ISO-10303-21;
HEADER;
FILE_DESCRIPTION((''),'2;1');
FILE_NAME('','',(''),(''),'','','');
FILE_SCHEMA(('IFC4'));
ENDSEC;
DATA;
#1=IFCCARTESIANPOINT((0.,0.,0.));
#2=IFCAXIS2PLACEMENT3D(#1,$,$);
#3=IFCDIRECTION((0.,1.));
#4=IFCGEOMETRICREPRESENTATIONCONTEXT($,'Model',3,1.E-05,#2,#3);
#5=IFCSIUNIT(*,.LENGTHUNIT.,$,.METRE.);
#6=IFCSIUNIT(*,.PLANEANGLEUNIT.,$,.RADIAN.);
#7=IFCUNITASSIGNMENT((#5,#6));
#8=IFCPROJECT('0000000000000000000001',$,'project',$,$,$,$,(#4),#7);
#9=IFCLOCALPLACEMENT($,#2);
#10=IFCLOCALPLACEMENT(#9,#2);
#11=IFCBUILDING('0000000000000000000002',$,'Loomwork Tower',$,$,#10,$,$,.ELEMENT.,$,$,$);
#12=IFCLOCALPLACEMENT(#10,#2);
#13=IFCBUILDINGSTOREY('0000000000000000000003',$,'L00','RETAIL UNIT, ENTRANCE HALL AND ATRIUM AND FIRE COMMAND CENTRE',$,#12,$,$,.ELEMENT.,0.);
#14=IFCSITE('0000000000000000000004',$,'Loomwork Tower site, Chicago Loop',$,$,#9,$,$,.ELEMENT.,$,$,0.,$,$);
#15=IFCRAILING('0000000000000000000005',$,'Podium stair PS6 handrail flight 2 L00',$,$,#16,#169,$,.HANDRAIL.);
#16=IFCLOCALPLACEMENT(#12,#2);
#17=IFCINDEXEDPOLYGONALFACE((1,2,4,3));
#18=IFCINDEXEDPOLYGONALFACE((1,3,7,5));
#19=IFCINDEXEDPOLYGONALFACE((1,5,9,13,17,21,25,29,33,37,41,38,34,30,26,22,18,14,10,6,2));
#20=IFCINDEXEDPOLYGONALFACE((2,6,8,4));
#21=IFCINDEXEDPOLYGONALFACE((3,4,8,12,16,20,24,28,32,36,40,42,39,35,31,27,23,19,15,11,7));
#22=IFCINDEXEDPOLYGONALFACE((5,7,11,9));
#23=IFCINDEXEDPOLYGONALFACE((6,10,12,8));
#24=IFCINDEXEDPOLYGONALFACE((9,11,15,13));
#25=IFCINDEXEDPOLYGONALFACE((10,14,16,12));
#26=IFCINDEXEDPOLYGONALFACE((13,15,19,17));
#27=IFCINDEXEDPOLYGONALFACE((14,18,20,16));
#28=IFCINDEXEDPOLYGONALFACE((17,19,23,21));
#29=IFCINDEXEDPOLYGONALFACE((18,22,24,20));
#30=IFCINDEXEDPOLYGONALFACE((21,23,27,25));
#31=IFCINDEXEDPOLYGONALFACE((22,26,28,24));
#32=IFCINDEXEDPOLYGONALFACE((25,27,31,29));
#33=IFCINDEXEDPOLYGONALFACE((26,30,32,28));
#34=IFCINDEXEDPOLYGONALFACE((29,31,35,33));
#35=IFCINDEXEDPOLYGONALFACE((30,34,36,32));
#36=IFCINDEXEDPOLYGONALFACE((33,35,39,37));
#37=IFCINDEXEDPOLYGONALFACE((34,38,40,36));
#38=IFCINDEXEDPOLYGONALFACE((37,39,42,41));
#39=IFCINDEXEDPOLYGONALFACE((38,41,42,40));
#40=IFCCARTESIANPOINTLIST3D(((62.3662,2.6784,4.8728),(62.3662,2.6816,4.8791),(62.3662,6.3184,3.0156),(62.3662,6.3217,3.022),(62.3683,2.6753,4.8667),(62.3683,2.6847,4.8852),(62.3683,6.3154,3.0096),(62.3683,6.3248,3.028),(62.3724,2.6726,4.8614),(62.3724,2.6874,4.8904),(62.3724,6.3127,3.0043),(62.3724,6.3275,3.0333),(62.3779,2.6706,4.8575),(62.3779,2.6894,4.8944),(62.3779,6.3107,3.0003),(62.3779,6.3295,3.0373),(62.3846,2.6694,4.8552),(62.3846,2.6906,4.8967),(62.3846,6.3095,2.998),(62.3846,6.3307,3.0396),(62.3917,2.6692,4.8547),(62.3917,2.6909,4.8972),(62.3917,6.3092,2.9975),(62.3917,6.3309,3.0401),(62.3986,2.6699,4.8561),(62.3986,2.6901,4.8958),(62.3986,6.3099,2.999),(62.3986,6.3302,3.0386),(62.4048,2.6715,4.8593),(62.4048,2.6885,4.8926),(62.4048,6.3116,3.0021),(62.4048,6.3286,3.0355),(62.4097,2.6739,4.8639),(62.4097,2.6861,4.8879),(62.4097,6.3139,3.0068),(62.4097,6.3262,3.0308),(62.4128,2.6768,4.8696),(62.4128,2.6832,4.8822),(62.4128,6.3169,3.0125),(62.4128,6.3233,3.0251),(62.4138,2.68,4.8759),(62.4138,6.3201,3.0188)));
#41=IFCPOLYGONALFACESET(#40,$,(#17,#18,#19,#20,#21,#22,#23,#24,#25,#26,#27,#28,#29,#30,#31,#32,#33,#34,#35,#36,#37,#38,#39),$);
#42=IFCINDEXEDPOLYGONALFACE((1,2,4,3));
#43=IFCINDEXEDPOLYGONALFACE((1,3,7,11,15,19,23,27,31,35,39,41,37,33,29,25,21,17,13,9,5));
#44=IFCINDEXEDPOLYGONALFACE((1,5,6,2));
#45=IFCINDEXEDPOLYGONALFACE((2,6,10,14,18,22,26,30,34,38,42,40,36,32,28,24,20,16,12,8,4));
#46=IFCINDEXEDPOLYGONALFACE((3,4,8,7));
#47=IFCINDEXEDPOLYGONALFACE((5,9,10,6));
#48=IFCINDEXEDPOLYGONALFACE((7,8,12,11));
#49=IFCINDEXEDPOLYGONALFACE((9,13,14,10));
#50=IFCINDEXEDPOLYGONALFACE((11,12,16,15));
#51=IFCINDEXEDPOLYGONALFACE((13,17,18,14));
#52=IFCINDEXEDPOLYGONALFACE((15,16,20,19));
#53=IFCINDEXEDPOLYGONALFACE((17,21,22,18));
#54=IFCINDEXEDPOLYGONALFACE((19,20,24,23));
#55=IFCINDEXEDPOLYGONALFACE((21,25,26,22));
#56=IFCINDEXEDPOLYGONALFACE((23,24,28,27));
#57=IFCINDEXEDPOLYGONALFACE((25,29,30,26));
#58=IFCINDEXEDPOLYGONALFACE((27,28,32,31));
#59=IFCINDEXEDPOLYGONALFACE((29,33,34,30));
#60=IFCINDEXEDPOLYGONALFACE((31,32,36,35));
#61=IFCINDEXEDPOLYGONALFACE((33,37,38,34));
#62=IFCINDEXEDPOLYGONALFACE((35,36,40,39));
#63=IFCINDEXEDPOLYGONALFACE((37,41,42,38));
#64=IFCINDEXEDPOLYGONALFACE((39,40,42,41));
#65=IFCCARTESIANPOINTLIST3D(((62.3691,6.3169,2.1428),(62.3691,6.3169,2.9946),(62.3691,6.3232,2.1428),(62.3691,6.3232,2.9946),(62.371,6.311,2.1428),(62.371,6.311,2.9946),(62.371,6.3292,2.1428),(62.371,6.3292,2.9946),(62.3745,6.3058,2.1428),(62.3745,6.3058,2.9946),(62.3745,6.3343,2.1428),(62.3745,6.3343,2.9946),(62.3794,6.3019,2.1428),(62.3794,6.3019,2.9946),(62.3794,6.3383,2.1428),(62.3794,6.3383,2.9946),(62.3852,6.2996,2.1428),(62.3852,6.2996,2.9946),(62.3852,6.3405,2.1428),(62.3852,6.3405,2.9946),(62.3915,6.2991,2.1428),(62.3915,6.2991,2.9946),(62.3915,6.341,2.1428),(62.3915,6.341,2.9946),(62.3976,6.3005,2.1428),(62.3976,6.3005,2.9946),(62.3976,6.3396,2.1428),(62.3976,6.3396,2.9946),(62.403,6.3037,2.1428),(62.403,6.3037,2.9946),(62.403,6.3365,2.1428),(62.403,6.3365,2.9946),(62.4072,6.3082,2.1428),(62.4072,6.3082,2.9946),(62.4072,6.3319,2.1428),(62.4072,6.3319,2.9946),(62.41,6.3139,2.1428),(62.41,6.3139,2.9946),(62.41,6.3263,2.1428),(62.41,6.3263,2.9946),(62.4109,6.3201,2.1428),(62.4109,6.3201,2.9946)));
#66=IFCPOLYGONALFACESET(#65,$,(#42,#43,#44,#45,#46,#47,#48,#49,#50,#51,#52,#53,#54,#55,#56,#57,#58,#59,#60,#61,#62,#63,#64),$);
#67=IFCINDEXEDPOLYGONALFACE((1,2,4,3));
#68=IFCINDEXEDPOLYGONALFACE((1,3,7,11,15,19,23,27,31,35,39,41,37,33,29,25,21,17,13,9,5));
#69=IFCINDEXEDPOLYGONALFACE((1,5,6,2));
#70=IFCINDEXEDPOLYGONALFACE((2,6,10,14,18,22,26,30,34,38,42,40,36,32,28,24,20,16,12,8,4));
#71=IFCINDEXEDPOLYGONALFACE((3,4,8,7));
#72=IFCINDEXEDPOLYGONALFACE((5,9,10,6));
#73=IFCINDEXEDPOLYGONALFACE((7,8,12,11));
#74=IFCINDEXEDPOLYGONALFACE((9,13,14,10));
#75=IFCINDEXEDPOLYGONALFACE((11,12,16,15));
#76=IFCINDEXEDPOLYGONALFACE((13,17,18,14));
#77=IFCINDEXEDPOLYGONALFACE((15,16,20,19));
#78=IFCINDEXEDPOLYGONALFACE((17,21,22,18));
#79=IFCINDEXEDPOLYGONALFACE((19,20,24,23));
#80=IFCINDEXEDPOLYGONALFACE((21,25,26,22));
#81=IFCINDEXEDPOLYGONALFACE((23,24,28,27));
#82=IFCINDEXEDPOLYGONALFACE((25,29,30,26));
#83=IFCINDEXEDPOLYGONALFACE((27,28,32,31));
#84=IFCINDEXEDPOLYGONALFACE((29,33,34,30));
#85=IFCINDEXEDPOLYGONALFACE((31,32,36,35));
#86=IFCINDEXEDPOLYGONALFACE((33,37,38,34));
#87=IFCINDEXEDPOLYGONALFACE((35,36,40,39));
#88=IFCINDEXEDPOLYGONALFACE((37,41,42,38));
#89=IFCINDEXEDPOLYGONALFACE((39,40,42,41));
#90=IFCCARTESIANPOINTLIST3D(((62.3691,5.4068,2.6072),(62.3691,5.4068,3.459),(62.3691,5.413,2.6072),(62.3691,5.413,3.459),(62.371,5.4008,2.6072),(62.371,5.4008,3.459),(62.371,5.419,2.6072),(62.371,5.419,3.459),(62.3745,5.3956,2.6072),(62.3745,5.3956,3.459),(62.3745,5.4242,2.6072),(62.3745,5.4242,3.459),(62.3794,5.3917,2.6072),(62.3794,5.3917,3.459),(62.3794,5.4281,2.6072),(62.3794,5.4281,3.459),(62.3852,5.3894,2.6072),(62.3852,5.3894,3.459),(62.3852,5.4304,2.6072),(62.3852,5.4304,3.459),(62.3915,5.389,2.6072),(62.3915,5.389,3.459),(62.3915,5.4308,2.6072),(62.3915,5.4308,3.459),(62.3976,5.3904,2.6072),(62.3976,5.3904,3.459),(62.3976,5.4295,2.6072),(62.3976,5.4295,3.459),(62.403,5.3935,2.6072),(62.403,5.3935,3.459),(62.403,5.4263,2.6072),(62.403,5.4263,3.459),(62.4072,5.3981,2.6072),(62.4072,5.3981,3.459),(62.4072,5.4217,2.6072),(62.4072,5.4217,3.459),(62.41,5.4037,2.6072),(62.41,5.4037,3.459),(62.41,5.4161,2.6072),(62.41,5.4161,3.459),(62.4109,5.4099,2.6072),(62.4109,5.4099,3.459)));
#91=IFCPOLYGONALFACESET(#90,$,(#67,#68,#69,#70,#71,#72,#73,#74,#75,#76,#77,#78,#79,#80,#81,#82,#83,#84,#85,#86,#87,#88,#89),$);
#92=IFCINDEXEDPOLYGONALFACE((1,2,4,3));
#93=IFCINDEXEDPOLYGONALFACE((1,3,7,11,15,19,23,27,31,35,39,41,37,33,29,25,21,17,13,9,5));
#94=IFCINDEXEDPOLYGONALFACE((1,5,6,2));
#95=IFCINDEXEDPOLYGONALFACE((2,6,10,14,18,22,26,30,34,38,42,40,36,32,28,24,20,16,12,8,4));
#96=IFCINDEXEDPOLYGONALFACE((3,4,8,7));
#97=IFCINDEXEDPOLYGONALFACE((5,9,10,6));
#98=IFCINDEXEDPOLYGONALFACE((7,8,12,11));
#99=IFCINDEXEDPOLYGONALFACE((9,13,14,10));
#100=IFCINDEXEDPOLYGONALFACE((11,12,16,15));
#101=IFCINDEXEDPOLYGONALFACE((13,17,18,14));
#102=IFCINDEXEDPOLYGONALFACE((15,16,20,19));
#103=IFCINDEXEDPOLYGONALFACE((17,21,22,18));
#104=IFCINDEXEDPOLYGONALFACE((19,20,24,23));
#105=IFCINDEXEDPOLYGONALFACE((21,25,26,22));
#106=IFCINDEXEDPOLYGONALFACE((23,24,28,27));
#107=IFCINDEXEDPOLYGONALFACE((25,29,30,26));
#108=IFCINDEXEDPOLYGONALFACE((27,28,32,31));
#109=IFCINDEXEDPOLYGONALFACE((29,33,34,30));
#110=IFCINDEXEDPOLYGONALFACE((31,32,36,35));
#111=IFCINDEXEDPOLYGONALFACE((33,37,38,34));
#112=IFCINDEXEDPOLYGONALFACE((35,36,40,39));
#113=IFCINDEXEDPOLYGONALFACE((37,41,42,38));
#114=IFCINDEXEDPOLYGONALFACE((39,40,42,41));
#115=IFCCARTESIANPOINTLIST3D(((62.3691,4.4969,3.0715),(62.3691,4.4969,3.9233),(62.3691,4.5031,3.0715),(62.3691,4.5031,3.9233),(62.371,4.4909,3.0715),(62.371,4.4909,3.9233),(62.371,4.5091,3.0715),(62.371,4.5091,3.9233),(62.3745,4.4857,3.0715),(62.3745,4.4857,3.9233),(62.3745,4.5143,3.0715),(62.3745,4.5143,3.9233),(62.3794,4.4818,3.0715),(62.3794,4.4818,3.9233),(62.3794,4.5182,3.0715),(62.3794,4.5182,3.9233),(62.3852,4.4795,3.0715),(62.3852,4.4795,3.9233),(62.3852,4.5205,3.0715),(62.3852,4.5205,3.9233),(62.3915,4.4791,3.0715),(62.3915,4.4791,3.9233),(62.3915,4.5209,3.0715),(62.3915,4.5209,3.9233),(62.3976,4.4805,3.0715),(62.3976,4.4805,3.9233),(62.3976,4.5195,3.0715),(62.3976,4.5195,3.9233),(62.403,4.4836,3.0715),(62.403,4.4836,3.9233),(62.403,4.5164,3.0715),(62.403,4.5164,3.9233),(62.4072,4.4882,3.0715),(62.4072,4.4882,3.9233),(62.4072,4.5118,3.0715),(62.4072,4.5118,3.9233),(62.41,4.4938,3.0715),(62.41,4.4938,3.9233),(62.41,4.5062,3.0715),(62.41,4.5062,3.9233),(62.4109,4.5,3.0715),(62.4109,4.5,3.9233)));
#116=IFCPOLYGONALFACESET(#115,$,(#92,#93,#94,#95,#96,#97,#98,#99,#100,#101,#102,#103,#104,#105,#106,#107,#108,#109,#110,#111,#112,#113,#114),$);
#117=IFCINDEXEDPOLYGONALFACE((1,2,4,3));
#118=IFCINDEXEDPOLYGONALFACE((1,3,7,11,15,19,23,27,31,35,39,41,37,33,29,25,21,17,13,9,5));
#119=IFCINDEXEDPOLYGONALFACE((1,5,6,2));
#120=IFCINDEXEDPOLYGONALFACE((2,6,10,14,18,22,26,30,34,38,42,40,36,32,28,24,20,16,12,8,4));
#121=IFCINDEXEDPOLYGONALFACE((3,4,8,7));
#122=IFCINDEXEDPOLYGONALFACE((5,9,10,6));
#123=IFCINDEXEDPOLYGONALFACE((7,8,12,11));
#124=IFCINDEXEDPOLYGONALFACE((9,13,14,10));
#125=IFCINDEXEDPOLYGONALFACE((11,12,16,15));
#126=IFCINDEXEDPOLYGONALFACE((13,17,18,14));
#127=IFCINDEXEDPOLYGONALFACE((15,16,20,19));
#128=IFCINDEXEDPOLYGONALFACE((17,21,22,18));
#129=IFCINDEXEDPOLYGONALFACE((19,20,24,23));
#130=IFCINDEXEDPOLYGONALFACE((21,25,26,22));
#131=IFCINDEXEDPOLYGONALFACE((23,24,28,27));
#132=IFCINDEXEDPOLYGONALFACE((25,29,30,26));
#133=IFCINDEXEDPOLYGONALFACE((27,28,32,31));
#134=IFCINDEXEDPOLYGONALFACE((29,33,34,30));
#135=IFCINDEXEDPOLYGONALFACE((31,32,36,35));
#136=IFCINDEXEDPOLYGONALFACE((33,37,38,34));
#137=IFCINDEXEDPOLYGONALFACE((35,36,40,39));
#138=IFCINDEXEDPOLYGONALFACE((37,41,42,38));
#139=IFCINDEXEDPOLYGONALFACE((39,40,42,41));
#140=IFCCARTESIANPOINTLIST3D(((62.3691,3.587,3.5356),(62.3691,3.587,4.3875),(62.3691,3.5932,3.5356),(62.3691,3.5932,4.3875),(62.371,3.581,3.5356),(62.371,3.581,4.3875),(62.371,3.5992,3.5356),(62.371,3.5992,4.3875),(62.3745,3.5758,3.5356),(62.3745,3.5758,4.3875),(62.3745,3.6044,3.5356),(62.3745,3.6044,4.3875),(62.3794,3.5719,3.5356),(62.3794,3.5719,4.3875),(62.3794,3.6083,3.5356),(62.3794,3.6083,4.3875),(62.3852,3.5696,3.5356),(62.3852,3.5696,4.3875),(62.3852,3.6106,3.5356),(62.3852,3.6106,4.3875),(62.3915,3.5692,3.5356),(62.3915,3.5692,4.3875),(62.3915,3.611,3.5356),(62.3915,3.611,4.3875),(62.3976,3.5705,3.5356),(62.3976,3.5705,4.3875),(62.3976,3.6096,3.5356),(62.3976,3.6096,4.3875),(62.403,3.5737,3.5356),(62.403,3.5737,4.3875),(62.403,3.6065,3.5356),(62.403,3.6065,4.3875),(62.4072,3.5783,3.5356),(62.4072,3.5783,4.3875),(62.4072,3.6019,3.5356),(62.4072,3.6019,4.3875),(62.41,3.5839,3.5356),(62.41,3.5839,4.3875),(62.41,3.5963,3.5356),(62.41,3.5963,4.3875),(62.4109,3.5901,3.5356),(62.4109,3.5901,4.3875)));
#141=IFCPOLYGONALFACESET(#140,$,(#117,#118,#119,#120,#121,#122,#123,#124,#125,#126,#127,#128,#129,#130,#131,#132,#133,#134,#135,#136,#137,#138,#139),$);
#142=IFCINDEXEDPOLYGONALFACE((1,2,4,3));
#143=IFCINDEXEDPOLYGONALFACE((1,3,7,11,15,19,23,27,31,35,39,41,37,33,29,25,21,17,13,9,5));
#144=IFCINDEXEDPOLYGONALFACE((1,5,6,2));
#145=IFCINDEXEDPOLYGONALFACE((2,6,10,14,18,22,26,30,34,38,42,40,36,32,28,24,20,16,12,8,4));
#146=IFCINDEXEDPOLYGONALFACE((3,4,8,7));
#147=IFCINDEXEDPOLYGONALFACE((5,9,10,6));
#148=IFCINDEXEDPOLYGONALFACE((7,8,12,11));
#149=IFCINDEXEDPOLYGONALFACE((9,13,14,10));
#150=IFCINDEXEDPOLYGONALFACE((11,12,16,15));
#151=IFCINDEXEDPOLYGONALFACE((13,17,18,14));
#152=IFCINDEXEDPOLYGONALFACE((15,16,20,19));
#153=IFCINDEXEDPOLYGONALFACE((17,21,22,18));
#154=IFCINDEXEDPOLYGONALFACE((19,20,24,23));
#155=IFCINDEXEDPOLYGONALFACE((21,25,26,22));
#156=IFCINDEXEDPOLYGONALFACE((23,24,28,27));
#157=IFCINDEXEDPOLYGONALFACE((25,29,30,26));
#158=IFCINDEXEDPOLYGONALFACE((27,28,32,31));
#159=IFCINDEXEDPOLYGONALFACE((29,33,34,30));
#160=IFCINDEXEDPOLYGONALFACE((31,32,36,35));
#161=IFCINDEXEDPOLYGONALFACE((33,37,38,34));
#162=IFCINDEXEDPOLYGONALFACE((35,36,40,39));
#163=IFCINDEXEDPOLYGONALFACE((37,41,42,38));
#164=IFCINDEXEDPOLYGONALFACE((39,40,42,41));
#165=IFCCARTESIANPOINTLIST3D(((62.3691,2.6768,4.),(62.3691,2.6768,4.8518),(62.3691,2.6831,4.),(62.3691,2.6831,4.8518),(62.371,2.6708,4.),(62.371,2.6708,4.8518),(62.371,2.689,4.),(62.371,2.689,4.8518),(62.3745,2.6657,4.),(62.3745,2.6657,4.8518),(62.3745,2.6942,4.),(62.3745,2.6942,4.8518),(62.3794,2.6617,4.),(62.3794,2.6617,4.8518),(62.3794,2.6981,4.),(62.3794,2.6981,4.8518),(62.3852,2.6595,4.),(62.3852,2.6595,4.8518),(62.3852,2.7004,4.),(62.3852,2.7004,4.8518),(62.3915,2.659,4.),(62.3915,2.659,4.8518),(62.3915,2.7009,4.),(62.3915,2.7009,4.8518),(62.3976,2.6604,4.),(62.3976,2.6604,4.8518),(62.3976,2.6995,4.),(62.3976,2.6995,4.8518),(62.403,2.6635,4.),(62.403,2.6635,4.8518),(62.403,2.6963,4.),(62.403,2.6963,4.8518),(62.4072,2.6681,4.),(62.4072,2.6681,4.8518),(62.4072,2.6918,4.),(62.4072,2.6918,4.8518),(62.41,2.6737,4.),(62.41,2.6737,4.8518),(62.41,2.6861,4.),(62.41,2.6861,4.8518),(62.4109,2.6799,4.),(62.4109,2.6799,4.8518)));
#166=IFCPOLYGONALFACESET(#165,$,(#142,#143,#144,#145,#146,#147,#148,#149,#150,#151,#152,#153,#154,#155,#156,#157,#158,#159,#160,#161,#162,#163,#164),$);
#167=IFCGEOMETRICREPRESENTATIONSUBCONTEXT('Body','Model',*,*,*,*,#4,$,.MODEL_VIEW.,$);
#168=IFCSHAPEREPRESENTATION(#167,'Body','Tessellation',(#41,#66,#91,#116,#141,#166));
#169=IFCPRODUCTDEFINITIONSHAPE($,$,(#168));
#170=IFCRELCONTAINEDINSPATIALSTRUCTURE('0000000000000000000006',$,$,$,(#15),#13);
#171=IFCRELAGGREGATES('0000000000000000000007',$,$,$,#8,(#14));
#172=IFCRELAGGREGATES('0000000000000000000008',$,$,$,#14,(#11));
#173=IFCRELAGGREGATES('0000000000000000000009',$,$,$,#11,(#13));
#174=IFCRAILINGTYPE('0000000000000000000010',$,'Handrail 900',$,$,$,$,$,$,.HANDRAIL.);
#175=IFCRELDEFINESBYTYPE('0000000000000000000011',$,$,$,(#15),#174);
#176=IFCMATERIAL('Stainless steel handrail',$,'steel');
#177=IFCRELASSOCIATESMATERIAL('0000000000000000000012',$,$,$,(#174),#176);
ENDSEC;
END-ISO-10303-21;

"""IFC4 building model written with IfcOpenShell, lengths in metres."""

from ifc_helpers import new_model, si_unit, direction, frame, origin, origin_2d, place, context, subcontext, project, spatial, circle, extrude, material, type_object, element, save


model = new_model("IFC4")

# Units and contexts
model_context = context("Model", 3, precision=1e-05, world=origin(), true_north=direction((0.0, 1.0)))
body_context = subcontext(model_context, "Body", "Model", "MODEL_VIEW")
ifc_project = project(units=[si_unit("LENGTHUNIT", "METRE"), si_unit("PLANEANGLEUNIT", "RADIAN")], contexts=[model_context])

# Site, building, storey
site_placement = place(None, origin())
site = spatial("IfcSite", under=ifc_project, at=site_placement, Name="Loomwork Tower site, Chicago Loop", CompositionType="ELEMENT", RefElevation=0.0)
building_placement = place(site_placement, origin())
building = spatial("IfcBuilding", under=site, at=building_placement, Name="Loomwork Tower", CompositionType="ELEMENT")
storey_placement = place(building_placement, origin())
storey = spatial("IfcBuildingStorey", under=building, at=storey_placement, Name="L00", Description="RETAIL UNIT, ENTRANCE HALL AND ATRIUM AND FIRE COMMAND CENTRE", CompositionType="ELEMENT", Elevation=0.0)

# Railing
ifc_material_1 = material(Name="Stainless steel handrail", Category="steel")
railing_type = type_object("IfcRailingType", Name="Handrail 900", PredefinedType="HANDRAIL", material=ifc_material_1)
railing_1_placement = place(storey_placement, frame((62.3899, 6.3201, 2.1428)))
element("IfcRailing", 1, at=railing_1_placement, inside=storey, type_object=railing_type, Name="Podium stair PS6 handrail flight 2 L00", PredefinedType="HANDRAIL", context=body_context, shape_type="SweptSolid", body=[
    extrude(circle(Radius=0.0239, at=origin_2d()), frame((0.0, 0.0, 0.876), z_axis=(0.0, -0.890765, 0.454464), x_axis=(1.0, 0.0, 0.0)), (0.0, 0.0, 1.0), 4.0864),
    extrude(circle(Radius=0.021, at=origin_2d()), origin(), (0.0, 0.0, 1.0), 0.8518),
    extrude(circle(Radius=0.021, at=origin_2d()), frame((0.0, -0.9102, 0.4644)), (0.0, 0.0, 1.0), 0.8518),
    extrude(circle(Radius=0.021, at=origin_2d()), frame((0.0, -1.8201, 0.9287)), (0.0, 0.0, 1.0), 0.8518),
    extrude(circle(Radius=0.021, at=origin_2d()), frame((0.0, -2.73, 1.3928)), (0.0, 0.0, 1.0), 0.8518),
    extrude(circle(Radius=0.021, at=origin_2d()), frame((0.0, -3.6401, 1.8572)), (0.0, 0.0, 1.0), 0.8518),
])

save(model, "model.ifc")
